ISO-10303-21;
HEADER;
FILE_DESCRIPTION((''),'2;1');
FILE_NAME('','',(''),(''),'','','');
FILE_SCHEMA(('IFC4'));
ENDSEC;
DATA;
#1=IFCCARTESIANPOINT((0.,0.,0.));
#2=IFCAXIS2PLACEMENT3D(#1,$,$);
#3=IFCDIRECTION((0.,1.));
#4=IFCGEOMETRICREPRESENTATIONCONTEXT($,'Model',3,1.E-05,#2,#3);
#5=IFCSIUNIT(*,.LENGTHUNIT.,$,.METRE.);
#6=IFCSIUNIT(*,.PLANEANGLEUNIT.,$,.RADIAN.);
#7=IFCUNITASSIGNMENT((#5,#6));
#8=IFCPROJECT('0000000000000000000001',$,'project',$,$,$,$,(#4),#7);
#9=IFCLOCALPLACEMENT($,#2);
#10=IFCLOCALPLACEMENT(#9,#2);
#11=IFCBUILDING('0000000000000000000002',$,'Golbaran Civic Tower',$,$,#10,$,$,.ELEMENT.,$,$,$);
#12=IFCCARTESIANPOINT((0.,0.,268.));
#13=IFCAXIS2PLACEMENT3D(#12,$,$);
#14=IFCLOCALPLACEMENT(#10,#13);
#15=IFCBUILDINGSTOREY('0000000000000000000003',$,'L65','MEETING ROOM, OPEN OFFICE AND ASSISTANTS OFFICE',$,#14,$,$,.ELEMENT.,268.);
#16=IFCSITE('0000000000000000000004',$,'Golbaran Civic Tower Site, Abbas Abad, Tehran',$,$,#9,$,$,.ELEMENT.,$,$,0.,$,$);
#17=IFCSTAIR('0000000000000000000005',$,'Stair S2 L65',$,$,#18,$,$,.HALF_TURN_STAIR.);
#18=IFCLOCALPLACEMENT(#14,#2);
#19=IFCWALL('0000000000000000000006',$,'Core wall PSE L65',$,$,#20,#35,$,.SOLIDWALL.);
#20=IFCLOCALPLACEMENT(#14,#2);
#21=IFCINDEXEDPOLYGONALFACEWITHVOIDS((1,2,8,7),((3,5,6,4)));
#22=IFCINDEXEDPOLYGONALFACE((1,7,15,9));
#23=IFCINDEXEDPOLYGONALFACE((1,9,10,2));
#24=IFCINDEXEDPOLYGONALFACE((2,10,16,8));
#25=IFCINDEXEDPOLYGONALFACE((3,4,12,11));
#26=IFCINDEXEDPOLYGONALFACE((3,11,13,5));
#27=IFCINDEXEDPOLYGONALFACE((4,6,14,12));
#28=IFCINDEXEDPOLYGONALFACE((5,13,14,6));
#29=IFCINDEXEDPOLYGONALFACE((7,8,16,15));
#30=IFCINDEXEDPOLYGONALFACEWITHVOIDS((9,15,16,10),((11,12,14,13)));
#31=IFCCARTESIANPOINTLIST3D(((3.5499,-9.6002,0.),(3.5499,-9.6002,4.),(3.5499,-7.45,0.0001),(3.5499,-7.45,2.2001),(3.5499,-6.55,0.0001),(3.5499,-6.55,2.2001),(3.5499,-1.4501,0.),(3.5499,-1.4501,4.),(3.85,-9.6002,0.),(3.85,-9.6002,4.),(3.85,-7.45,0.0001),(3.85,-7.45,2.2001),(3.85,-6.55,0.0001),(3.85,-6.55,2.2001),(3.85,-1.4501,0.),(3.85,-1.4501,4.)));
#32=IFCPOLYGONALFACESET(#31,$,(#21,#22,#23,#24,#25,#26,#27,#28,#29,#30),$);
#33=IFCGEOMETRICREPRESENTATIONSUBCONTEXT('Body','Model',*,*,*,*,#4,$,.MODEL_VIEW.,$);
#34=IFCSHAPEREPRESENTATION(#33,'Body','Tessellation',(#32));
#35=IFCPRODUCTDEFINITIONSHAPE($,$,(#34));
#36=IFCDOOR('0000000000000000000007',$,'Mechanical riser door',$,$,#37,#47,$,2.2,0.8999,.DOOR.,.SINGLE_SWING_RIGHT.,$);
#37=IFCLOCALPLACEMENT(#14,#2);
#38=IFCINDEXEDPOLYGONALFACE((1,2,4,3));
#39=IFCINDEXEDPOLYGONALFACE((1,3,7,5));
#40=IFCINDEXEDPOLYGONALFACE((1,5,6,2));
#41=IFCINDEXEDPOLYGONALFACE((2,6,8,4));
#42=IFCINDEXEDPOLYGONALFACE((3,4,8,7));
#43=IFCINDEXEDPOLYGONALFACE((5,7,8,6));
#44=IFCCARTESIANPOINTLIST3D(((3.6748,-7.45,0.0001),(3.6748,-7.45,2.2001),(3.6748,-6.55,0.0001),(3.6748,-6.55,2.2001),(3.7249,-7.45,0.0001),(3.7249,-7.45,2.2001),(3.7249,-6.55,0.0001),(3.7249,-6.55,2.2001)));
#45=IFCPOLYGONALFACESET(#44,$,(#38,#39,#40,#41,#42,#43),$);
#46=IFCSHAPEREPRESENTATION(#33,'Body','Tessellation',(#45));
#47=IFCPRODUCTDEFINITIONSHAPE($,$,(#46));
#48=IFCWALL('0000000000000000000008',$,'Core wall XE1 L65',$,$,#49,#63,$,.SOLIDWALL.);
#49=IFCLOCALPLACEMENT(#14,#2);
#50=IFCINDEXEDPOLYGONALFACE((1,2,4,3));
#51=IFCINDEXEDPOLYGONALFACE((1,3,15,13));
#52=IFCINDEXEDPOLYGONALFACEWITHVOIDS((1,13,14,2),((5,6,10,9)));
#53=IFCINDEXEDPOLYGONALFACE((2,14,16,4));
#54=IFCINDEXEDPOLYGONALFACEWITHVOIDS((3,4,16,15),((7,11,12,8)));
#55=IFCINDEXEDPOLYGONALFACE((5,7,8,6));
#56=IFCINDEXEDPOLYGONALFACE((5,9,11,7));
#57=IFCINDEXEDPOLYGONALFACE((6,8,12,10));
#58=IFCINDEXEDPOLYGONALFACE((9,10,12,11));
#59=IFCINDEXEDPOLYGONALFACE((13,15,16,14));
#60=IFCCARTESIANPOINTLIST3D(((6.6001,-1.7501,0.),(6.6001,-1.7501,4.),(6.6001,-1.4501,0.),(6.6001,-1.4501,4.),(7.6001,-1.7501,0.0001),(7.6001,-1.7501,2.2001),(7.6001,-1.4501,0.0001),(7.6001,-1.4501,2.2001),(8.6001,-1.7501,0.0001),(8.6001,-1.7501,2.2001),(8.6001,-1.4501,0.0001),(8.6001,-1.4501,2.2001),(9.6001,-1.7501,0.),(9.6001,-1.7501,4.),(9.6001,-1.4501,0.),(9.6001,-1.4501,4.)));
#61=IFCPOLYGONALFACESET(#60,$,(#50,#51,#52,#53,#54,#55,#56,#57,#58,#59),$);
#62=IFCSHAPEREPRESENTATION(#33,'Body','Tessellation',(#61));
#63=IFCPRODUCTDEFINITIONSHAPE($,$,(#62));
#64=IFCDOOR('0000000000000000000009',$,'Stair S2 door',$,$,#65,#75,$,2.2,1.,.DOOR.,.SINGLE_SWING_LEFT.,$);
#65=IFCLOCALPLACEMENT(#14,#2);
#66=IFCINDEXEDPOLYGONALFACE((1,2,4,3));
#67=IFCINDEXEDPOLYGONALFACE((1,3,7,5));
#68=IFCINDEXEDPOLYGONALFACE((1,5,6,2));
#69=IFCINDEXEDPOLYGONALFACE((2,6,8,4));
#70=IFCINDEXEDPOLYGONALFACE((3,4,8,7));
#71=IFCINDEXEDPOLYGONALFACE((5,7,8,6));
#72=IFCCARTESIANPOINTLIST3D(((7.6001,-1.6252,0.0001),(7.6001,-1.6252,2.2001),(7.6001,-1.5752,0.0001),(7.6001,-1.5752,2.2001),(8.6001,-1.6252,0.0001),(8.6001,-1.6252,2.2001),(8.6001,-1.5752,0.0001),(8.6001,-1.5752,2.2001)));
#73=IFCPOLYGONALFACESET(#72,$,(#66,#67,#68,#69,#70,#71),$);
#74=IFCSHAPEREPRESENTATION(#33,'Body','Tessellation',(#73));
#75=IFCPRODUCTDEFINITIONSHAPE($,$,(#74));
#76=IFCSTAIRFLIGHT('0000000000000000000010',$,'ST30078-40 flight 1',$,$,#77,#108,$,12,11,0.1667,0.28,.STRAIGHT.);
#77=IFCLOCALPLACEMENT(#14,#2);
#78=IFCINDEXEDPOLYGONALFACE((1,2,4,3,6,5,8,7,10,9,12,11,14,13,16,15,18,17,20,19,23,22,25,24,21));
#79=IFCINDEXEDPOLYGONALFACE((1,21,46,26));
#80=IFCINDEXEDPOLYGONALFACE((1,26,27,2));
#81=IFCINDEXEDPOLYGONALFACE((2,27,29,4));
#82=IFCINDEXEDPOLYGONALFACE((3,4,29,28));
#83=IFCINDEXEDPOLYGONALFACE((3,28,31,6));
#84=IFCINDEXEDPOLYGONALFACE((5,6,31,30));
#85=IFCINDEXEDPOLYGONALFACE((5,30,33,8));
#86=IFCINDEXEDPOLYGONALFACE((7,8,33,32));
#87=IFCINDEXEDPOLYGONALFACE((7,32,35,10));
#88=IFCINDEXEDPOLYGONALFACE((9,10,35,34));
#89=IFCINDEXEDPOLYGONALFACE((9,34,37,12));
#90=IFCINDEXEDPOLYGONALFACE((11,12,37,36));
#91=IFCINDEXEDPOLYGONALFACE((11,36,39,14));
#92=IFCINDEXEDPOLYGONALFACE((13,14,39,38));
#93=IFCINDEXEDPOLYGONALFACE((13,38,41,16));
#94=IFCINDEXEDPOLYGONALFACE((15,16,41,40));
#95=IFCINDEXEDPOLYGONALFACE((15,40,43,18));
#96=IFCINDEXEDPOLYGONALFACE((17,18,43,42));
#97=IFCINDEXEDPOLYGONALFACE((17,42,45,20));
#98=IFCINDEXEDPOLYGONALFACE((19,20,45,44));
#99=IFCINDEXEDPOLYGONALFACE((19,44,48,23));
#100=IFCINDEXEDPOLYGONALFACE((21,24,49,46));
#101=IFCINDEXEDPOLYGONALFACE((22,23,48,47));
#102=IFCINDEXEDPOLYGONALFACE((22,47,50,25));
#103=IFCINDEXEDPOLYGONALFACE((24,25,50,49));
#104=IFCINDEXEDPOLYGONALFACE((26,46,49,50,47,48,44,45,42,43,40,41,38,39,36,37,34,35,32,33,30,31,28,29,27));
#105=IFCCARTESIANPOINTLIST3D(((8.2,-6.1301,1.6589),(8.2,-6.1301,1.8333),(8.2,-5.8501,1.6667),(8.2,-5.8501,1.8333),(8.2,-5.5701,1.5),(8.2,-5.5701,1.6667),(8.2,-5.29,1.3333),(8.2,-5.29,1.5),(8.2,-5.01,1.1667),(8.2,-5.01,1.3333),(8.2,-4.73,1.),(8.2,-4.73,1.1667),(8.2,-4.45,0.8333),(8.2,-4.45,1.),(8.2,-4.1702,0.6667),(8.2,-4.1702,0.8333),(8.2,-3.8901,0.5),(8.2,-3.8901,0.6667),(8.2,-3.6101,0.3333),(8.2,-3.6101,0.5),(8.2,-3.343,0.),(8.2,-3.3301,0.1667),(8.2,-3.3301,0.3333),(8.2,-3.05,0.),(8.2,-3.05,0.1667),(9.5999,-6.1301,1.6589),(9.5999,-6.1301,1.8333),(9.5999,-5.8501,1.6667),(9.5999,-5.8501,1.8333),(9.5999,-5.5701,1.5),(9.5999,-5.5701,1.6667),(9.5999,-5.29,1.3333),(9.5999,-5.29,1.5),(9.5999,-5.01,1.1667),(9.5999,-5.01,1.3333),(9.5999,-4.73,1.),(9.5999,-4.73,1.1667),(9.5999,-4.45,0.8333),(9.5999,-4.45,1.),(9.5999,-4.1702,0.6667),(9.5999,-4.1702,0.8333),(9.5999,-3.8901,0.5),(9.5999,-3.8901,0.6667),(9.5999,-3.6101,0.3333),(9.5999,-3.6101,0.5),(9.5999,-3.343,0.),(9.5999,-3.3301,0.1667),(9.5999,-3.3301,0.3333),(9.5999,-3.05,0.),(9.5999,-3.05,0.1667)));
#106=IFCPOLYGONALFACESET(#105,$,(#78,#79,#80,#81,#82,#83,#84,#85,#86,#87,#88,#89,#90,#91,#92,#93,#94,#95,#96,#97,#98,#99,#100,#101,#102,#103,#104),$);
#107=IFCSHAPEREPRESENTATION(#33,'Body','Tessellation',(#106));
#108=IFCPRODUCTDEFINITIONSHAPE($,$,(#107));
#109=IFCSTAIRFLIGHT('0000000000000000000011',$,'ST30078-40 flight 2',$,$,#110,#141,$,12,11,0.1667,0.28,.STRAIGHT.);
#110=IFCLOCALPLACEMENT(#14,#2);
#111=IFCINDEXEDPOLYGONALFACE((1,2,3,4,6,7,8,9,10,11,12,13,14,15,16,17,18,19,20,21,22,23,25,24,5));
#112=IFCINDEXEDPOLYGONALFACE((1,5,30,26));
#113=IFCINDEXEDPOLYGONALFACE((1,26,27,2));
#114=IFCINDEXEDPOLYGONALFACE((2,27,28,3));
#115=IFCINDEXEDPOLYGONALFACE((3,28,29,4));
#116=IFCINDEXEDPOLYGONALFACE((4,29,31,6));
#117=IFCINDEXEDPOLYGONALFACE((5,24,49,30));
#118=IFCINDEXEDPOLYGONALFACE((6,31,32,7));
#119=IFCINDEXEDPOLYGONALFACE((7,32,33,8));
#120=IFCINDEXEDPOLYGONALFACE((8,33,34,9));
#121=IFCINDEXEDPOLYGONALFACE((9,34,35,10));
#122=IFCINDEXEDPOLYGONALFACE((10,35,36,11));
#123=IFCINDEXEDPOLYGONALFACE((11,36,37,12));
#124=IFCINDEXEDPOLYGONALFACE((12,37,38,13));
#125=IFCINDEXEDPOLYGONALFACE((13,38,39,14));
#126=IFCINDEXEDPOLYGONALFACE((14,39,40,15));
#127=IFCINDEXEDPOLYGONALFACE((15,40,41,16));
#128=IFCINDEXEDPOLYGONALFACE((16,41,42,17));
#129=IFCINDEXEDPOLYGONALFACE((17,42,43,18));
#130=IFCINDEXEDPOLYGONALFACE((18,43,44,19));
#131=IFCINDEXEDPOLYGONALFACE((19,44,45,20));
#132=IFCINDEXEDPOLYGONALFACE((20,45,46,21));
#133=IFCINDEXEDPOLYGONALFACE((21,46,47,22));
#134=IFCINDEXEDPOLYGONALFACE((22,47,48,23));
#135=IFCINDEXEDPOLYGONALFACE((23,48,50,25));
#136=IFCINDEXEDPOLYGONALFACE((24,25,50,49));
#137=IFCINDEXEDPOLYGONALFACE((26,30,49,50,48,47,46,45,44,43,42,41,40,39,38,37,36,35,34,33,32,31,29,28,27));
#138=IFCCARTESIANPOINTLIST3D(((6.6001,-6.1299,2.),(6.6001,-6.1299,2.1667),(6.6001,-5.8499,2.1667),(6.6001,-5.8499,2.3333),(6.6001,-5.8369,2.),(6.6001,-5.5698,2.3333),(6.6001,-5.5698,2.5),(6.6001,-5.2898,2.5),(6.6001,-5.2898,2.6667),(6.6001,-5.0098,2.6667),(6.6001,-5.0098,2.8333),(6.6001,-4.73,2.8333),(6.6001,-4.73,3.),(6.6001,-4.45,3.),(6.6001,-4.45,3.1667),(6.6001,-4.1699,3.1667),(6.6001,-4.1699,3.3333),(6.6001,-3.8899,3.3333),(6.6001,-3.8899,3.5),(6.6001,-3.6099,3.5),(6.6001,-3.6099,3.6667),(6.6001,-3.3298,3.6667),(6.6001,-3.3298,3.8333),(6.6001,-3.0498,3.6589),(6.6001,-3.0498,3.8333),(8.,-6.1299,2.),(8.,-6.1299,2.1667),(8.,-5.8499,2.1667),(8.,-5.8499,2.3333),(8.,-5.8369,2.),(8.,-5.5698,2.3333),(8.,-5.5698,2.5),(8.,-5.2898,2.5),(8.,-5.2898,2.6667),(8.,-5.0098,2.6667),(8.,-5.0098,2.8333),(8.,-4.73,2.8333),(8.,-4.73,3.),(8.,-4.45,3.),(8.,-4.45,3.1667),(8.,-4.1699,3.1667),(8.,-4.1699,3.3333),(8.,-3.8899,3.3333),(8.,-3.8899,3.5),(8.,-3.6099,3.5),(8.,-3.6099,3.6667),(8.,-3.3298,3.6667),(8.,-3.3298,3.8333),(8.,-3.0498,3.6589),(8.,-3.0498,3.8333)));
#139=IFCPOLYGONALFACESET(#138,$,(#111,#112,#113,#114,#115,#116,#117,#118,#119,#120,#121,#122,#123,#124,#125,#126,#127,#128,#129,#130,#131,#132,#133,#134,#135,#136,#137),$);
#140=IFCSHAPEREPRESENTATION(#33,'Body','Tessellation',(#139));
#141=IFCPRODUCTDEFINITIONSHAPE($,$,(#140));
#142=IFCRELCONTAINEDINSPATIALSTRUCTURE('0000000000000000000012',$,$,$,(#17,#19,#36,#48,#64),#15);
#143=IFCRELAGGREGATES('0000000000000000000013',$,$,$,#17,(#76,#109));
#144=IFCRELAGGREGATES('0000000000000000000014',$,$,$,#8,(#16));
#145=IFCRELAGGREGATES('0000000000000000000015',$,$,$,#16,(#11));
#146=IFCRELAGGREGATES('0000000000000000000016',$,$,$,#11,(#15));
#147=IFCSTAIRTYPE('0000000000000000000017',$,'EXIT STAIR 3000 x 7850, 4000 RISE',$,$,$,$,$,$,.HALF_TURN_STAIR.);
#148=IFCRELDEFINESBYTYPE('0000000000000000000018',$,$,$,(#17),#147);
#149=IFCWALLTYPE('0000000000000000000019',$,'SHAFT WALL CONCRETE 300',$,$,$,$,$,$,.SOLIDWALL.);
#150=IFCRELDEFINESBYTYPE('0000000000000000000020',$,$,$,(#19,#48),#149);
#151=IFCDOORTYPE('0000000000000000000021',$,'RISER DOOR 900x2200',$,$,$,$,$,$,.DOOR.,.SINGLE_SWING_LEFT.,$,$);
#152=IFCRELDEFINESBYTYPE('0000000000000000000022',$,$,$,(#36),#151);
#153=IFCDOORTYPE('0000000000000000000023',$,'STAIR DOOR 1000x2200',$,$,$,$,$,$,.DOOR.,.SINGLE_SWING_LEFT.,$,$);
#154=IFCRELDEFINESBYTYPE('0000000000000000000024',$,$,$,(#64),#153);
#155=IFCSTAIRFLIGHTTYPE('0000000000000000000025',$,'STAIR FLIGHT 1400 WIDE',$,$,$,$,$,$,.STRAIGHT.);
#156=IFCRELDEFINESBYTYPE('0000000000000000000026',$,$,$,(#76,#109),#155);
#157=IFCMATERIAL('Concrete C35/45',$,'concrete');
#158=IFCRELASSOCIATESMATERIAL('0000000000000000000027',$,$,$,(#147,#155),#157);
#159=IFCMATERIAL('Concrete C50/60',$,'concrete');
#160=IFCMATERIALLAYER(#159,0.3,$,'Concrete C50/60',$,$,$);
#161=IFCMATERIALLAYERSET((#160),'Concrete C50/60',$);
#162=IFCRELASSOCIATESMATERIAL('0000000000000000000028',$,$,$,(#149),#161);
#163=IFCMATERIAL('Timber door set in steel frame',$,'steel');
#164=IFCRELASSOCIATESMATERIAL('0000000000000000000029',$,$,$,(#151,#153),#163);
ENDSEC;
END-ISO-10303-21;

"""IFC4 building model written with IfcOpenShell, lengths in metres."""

from ifc_helpers import new_model, si_unit, direction, frame, frame_2d, origin, place, context, subcontext, project, spatial, polyline, rectangle, outline, extrude, material, layer, layer_set, type_object, element, fill, aggregate, save


model = new_model("IFC4")

# Units and contexts
model_context = context("Model", 3, precision=1e-05, world=origin(), true_north=direction((0.0, 1.0)))
body_context = subcontext(model_context, "Body", "Model", "MODEL_VIEW")
ifc_project = project(units=[si_unit("LENGTHUNIT", "METRE"), si_unit("PLANEANGLEUNIT", "RADIAN")], contexts=[model_context])

# Site, building, storey
site_placement = place(None, origin())
site = spatial("IfcSite", under=ifc_project, at=site_placement, Name="Golbaran Civic Tower Site, Abbas Abad, Tehran", CompositionType="ELEMENT", RefElevation=0.0)
building_placement = place(site_placement, origin())
building = spatial("IfcBuilding", under=site, at=building_placement, Name="Golbaran Civic Tower", CompositionType="ELEMENT")
storey_placement = place(building_placement, frame((0.0, 0.0, 268.0)))
storey = spatial("IfcBuildingStorey", under=building, at=storey_placement, Name="L65", Description="MEETING ROOM, OPEN OFFICE AND ASSISTANTS OFFICE", CompositionType="ELEMENT", Elevation=268.0)

# Shared definitions
ifc_material_1 = material(Name="Concrete C35/45", Category="concrete")
stair_type = type_object("IfcStairType", Name="EXIT STAIR 3000 x 7850, 4000 RISE", PredefinedType="HALF_TURN_STAIR", material=ifc_material_1)

# Stair
stair_1_placement = place(storey_placement, origin())
stair_1 = element("IfcStair", 1, at=stair_1_placement, inside=storey, type_object=stair_type, Name="Stair S2 L65", PredefinedType="HALF_TURN_STAIR")

# Shared definitions
ifc_material_2 = material(Name="Timber door set in steel frame", Category="steel")

# Shared definitions
ifc_material_3 = material(Name="Concrete C50/60", Category="concrete")
ifc_layer_1 = layer(ifc_material_3, 0.3, Name="Concrete C50/60")
ifc_layer_set_1 = layer_set([ifc_layer_1], Name="Concrete C50/60")
wall_type_1 = type_object("IfcWallType", Name="SHAFT WALL CONCRETE 300", PredefinedType="SOLIDWALL", material=ifc_layer_set_1)

# Shared definitions
door_type_1 = type_object("IfcDoorType", Name="RISER DOOR 900x2200", OperationType="SINGLE_SWING_LEFT", PredefinedType="DOOR", material=ifc_material_2)
door_type_2 = type_object("IfcDoorType", Name="STAIR DOOR 1000x2200", OperationType="SINGLE_SWING_LEFT", PredefinedType="DOOR", material=ifc_material_2)

# Walls, openings, doors
wall_1_placement = place(storey_placement, frame((3.7, -1.45, 0.0), z_axis=(0.0, 0.0, 1.0), x_axis=(0.0, -1.0, 0.0)))
wall_1 = element("IfcWall", 2, at=wall_1_placement, inside=storey, type_object=wall_type_1, Name="Core wall PSE L65", PredefinedType="SOLIDWALL", context=body_context, shape_type="SweptSolid", body=[
    extrude(rectangle(XDim=8.1501, YDim=0.3, at=frame_2d((4.0752, 0.0))), origin(), (0.0, 0.0, 1.0), 4.0),
])
opening_1_placement = place(wall_1_placement, frame((5.1001, 0.0, 0.0)))
opening_1 = element("IfcOpeningElement", 3, at=opening_1_placement, cuts=wall_1, PredefinedType="OPENING", context=body_context, shape_type="SweptSolid", body=[
    extrude(rectangle(XDim=0.8999, YDim=2.2, at=frame_2d((0.45, 1.1001))), frame((0.0, 0.1599, 0.0), z_axis=(0.0, -1.0, 0.0), x_axis=(1.0, 0.0, 0.0)), (0.0, 0.0, 1.0), 0.3201),
])
door_1_placement = place(opening_1_placement, origin())
door_1 = element("IfcDoor", 4, at=door_1_placement, inside=storey, type_object=door_type_1, Name="Mechanical riser door", OperationType="SINGLE_SWING_RIGHT", OverallHeight=2.2, OverallWidth=0.8999, PredefinedType="DOOR", context=body_context, shape_type="SweptSolid", body=[
    extrude(rectangle(XDim=0.8999, YDim=2.2, at=frame_2d((0.45, 1.1001))), frame((0.0, 0.0249, 0.0), z_axis=(0.0, -1.0, 0.0), x_axis=(1.0, 0.0, 0.0)), (0.0, 0.0, 1.0), 0.05),
])
fill(opening_1, door_1)
wall_2_placement = place(storey_placement, frame((6.6001, -1.6001, 0.0), z_axis=(0.0, 0.0, 1.0), x_axis=(1.0, 0.0, 0.0)))
wall_2 = element("IfcWall", 5, at=wall_2_placement, inside=storey, type_object=wall_type_1, Name="Core wall XE1 L65", PredefinedType="SOLIDWALL", context=body_context, shape_type="SweptSolid", body=[
    extrude(rectangle(XDim=3.0, YDim=0.3, at=frame_2d((1.5, 0.0))), origin(), (0.0, 0.0, 1.0), 4.0),
])
opening_2_placement = place(wall_2_placement, frame((1.0, 0.0, 0.0)))
opening_2 = element("IfcOpeningElement", 6, at=opening_2_placement, cuts=wall_2, PredefinedType="OPENING", context=body_context, shape_type="SweptSolid", body=[
    extrude(rectangle(XDim=1.0, YDim=2.2, at=frame_2d((0.5, 1.1001))), frame((0.0, 0.1599, 0.0), z_axis=(0.0, -1.0, 0.0), x_axis=(1.0, 0.0, 0.0)), (0.0, 0.0, 1.0), 0.3201),
])
door_2_placement = place(opening_2_placement, origin())
door_2 = element("IfcDoor", 7, at=door_2_placement, inside=storey, type_object=door_type_2, Name="Stair S2 door", OperationType="SINGLE_SWING_LEFT", OverallHeight=2.2, OverallWidth=1.0, PredefinedType="DOOR", context=body_context, shape_type="SweptSolid", body=[
    extrude(rectangle(XDim=1.0, YDim=2.2, at=frame_2d((0.5, 1.1001))), frame((0.0, 0.0249, 0.0), z_axis=(0.0, -1.0, 0.0), x_axis=(1.0, 0.0, 0.0)), (0.0, 0.0, 1.0), 0.05),
])
fill(opening_2, door_2)

# Stair flights
stair_flight_type = type_object("IfcStairFlightType", Name="STAIR FLIGHT 1400 WIDE", PredefinedType="STRAIGHT", material=ifc_material_1)
stair_flight_1_placement = place(storey_placement, frame((8.8999, -3.05, 0.0), z_axis=(0.0, 0.0, 1.0), x_axis=(0.0, -1.0, 0.0)))
stair_flight_1 = element("IfcStairFlight", 8, at=stair_flight_1_placement, type_object=stair_flight_type, Name="ST30078-40 flight 1", NumberOfRisers=12, NumberOfTreads=11, PredefinedType="STRAIGHT", RiserHeight=0.1667, TreadLength=0.28, context=body_context, shape_type="SweptSolid", body=[
    extrude(outline(polyline([(0.0, 0.0), (0.0, 0.1667), (0.28, 0.1667), (0.28, 0.3333), (0.5601, 0.3333), (0.5601, 0.5), (0.8401, 0.5), (0.8401, 0.6667), (1.1201, 0.6667), (1.1201, 0.8333), (1.3999, 0.8333), (1.3999, 1.0), (1.6799, 1.0), (1.6799, 1.1667), (1.96, 1.1667), (1.96, 1.3333), (2.24, 1.3333), (2.24, 1.5), (2.52, 1.5), (2.52, 1.6667), (2.8, 1.6667), (2.8, 1.8333), (3.0801, 1.8333), (3.0801, 2.0), (3.0801, 1.6589), (0.293, 0.0), (0.0, 0.0)])), frame((0.0, 0.7, 0.0), z_axis=(0.0, -1.0, 0.0), x_axis=(1.0, 0.0, 0.0)), (0.0, 0.0, 1.0), 1.3999),
])
stair_flight_2_placement = place(storey_placement, frame((7.3, -6.1299, 2.0), z_axis=(0.0, 0.0, 1.0), x_axis=(0.0, 1.0, 0.0)))
stair_flight_2 = element("IfcStairFlight", 9, at=stair_flight_2_placement, type_object=stair_flight_type, Name="ST30078-40 flight 2", NumberOfRisers=12, NumberOfTreads=11, PredefinedType="STRAIGHT", RiserHeight=0.1667, TreadLength=0.28, context=body_context, shape_type="SweptSolid", body=[
    extrude(outline(polyline([(0.0, 0.0), (0.0, 0.1667), (0.28, 0.1667), (0.28, 0.3333), (0.5601, 0.3333), (0.5601, 0.5), (0.8401, 0.5), (0.8401, 0.6667), (1.1201, 0.6667), (1.1201, 0.8333), (1.3999, 0.8333), (1.3999, 1.0), (1.6799, 1.0), (1.6799, 1.1667), (1.96, 1.1667), (1.96, 1.3333), (2.24, 1.3333), (2.24, 1.5), (2.52, 1.5), (2.52, 1.6667), (2.8, 1.6667), (2.8, 1.8333), (3.0801, 1.8333), (3.0801, 2.0), (3.0801, 1.6589), (0.293, 0.0), (0.0, 0.0)])), frame((0.0, 0.7, 0.0), z_axis=(0.0, -1.0, 0.0), x_axis=(1.0, 0.0, 0.0)), (0.0, 0.0, 1.0), 1.3999),
])
aggregate(stair_1, [stair_flight_1, stair_flight_2])

save(model, "model.ifc")
